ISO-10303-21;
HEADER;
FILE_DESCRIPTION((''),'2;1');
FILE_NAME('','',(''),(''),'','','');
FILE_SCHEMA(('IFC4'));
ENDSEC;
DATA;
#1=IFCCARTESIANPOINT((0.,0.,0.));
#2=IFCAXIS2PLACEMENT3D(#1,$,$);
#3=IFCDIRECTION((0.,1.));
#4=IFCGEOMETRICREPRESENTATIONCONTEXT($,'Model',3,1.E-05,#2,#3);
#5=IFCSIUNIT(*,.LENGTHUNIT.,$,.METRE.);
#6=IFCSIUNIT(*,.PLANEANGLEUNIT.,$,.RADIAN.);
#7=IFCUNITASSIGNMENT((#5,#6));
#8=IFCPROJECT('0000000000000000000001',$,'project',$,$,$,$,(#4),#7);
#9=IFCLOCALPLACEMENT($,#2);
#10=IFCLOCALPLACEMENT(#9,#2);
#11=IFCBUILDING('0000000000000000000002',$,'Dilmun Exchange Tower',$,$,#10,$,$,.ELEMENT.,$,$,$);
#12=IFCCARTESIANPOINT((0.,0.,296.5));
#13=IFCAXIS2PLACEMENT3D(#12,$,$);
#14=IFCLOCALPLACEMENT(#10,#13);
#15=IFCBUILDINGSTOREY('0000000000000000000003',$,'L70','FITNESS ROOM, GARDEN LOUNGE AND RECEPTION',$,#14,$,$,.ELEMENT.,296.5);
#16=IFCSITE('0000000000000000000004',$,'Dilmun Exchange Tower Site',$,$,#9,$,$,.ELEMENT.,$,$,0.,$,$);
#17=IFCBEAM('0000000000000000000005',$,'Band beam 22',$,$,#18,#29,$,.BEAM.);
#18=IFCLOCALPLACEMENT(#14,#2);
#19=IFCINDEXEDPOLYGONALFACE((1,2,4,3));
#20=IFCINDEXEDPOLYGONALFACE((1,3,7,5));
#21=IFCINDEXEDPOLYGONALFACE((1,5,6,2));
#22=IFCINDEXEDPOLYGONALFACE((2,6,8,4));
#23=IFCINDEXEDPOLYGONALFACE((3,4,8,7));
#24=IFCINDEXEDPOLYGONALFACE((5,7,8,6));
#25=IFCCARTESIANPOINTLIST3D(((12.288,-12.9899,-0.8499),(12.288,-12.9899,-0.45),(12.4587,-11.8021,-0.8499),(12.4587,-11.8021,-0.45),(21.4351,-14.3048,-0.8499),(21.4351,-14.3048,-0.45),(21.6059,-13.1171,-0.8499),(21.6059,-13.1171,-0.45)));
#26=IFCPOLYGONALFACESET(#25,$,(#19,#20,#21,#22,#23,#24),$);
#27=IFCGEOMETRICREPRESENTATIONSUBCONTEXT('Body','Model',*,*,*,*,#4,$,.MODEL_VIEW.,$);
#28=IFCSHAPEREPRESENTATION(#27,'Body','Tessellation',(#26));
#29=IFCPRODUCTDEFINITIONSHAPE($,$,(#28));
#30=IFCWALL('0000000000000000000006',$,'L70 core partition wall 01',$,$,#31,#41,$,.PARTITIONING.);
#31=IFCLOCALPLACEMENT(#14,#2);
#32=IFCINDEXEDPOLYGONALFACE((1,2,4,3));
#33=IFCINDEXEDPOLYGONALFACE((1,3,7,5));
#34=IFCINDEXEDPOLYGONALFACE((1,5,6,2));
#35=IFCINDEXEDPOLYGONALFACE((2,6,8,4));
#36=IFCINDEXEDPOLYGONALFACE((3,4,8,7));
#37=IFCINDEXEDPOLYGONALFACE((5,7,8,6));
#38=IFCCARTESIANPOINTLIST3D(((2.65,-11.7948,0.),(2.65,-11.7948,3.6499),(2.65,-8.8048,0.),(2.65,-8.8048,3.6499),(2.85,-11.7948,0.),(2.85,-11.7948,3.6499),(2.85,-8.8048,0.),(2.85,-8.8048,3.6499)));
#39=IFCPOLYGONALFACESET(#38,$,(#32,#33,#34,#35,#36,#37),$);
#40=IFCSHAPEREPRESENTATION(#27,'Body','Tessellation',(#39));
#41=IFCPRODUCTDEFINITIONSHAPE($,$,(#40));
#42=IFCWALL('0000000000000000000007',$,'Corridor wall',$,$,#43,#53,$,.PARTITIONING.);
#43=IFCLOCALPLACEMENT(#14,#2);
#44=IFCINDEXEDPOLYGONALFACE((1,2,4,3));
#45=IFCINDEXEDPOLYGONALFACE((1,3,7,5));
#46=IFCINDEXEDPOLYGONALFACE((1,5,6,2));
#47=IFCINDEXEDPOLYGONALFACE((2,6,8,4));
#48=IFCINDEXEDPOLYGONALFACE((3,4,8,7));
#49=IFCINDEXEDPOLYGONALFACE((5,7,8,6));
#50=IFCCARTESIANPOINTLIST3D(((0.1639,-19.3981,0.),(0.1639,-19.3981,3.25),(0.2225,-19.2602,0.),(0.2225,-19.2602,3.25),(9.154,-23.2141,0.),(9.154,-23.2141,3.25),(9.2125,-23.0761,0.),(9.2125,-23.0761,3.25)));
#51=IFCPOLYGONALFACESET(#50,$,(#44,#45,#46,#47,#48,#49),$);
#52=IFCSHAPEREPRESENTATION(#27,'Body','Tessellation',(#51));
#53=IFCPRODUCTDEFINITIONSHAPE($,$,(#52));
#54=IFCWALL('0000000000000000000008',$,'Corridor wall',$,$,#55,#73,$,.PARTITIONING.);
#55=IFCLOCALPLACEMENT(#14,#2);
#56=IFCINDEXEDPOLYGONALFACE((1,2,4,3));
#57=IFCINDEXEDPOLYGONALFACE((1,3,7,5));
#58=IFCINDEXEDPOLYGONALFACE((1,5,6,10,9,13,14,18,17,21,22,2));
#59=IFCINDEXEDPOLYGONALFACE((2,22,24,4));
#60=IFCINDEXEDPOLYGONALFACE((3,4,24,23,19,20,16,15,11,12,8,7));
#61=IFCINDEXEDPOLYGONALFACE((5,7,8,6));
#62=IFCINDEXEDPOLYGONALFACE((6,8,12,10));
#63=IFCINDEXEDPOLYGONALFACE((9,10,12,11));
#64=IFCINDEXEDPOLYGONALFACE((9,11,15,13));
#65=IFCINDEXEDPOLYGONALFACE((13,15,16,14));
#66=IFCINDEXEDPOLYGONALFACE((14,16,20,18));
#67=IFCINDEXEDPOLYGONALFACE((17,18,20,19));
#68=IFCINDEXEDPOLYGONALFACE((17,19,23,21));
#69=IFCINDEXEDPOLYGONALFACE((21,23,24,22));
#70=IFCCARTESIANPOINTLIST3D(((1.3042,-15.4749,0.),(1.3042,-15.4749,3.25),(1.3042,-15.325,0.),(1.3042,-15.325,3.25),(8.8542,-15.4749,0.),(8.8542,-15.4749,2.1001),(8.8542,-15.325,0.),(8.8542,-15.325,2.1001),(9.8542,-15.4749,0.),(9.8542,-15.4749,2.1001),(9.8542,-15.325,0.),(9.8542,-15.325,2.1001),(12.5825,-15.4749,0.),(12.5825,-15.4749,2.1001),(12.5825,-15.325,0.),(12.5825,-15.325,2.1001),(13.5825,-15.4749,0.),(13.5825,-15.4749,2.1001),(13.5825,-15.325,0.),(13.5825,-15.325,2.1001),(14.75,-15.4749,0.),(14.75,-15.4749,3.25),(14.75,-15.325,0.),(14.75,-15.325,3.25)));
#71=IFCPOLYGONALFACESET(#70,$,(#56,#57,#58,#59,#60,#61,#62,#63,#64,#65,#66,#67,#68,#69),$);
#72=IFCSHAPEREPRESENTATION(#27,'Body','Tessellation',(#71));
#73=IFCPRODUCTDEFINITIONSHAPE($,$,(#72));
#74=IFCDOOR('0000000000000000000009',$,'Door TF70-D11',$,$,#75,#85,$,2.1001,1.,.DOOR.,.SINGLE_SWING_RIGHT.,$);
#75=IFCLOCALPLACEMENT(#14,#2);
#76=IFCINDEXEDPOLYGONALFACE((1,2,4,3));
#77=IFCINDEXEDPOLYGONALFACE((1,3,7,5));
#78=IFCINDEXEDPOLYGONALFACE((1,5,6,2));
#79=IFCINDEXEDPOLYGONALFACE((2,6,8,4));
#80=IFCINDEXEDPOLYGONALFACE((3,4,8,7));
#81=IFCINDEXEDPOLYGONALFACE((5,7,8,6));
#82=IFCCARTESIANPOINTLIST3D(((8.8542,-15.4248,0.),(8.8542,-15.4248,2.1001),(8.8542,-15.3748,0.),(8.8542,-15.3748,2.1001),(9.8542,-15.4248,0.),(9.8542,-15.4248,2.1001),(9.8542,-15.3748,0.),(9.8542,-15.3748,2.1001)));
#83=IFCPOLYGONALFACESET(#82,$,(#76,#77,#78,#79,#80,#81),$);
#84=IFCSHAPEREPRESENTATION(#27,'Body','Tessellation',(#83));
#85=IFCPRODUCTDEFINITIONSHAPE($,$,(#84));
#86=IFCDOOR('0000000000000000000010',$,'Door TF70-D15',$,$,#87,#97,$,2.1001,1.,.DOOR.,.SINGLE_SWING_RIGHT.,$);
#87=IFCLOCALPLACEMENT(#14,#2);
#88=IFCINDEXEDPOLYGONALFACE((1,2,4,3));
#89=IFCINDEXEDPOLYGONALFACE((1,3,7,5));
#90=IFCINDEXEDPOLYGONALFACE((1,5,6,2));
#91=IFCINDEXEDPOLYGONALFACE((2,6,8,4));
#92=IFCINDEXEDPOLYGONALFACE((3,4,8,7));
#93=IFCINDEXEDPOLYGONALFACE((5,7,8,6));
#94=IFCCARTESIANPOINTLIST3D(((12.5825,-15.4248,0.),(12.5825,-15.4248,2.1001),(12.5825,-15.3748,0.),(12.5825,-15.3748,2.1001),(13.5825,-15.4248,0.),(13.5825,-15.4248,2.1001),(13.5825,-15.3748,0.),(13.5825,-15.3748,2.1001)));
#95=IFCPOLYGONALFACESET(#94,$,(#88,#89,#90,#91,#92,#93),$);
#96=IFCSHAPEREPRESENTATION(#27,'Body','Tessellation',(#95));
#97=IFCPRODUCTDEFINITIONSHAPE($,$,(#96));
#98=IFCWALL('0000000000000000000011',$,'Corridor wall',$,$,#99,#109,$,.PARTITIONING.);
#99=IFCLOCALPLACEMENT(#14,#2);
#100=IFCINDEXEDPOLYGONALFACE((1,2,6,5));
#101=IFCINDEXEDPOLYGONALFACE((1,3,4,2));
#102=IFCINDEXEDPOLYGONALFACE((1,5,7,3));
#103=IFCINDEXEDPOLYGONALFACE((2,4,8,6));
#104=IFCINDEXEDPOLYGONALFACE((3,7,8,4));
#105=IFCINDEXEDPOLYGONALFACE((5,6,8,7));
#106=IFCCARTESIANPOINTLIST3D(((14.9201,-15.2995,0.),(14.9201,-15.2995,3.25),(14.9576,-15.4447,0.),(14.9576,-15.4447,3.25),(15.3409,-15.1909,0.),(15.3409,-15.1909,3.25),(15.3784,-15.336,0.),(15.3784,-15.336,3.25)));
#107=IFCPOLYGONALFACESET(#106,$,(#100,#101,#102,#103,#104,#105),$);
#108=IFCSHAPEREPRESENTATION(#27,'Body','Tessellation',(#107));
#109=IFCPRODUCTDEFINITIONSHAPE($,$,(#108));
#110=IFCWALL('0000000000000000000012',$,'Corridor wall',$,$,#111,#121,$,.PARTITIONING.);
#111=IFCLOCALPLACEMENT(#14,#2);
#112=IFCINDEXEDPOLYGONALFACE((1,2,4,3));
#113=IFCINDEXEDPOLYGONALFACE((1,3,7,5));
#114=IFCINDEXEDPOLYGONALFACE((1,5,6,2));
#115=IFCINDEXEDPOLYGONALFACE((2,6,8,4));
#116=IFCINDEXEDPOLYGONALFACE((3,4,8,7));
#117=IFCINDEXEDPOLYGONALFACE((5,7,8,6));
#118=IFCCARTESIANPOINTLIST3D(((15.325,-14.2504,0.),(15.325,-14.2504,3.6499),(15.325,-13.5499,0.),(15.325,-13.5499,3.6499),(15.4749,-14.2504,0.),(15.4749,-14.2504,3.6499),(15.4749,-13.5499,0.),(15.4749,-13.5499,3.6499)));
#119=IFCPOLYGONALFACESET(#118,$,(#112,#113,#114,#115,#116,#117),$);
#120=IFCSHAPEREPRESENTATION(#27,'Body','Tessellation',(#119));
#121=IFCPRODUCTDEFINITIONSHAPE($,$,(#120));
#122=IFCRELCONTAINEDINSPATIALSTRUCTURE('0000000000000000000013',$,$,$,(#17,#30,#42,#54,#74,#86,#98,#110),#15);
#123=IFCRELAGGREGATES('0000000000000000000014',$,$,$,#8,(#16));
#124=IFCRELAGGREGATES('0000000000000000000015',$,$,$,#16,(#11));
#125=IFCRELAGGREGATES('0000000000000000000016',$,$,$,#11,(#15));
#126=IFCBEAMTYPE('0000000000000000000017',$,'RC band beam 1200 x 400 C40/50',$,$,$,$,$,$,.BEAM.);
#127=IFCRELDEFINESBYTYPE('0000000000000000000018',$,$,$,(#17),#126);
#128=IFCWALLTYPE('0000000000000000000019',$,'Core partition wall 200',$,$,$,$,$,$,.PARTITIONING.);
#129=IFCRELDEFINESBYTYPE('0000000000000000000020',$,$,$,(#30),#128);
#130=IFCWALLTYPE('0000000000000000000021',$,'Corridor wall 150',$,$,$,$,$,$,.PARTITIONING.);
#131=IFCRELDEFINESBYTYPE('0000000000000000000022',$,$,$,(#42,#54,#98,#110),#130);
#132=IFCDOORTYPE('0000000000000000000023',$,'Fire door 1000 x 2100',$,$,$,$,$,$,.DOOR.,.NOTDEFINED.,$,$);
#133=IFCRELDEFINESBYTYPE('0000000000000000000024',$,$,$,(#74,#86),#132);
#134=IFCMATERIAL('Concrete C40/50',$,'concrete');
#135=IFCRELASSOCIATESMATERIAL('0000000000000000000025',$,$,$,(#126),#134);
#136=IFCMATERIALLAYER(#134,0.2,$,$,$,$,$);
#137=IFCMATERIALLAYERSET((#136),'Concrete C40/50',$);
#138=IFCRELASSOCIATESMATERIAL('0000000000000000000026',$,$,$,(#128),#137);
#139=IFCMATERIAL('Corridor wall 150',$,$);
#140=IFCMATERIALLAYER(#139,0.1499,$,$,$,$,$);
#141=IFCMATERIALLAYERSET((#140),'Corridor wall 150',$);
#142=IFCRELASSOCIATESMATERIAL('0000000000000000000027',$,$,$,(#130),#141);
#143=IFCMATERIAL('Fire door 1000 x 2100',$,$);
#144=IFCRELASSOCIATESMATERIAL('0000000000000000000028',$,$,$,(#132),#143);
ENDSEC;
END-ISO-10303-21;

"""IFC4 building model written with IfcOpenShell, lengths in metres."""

from ifc_helpers import new_model, si_unit, direction, frame, frame_2d, origin, origin_2d, place, context, subcontext, project, spatial, rectangle, extrude, material, layer, layer_set, material_profile, profile_set, type_object, element, fill, save


model = new_model("IFC4")

# Units and contexts
model_context = context("Model", 3, precision=1e-05, world=origin(), true_north=direction((0.0, 1.0)))
body_context = subcontext(model_context, "Body", "Model", "MODEL_VIEW")
ifc_project = project(units=[si_unit("LENGTHUNIT", "METRE"), si_unit("PLANEANGLEUNIT", "RADIAN")], contexts=[model_context])

# Site, building, storey
site_placement = place(None, origin())
site = spatial("IfcSite", under=ifc_project, at=site_placement, Name="Dilmun Exchange Tower Site", CompositionType="ELEMENT", RefElevation=0.0)
building_placement = place(site_placement, origin())
building = spatial("IfcBuilding", under=site, at=building_placement, Name="Dilmun Exchange Tower", CompositionType="ELEMENT")
storey_placement = place(building_placement, frame((0.0, 0.0, 296.5)))
storey = spatial("IfcBuildingStorey", under=building, at=storey_placement, Name="L70", Description="FITNESS ROOM, GARDEN LOUNGE AND RECEPTION", CompositionType="ELEMENT", Elevation=296.5)

# Beam
ifc_material_1 = material(Name="Concrete C40/50", Category="concrete")
ifc_material_profile = material_profile(ifc_material_1, rectangle(XDim=1.2, YDim=0.3999, at=origin_2d()), Name="1200 x 400")
ifc_profile_set = profile_set([ifc_material_profile], Name="Concrete C40/50")
beam_type = type_object("IfcBeamType", Name="RC band beam 1200 x 400 C40/50", PredefinedType="BEAM", material=ifc_profile_set)
beam_placement = place(storey_placement, frame((21.5205, -13.7109, -0.6499), z_axis=(-0.989825, 0.14229, 0.0), x_axis=(-0.14229, -0.989825, 0.0)))
element("IfcBeam", 1, at=beam_placement, inside=storey, type_object=beam_type, Name="Band beam 22", PredefinedType="BEAM", context=body_context, shape_type="SweptSolid", body=[
    extrude(rectangle(XDim=1.2, YDim=0.3999, at=origin_2d()), origin(), (0.0, 0.0, 1.0), 9.2412),
])

# Wall
ifc_layer_1 = layer(ifc_material_1, 0.2)
ifc_layer_set_1 = layer_set([ifc_layer_1], Name="Concrete C40/50")
wall_type_1 = type_object("IfcWallType", Name="Core partition wall 200", PredefinedType="PARTITIONING", material=ifc_layer_set_1)
wall_1_placement = place(storey_placement, frame((2.75, -11.7949, 0.0), z_axis=(0.0, 0.0, 1.0), x_axis=(0.0, 1.0, 0.0)))
element("IfcWall", 2, at=wall_1_placement, inside=storey, type_object=wall_type_1, Name="L70 core partition wall 01", PredefinedType="PARTITIONING", context=body_context, shape_type="SweptSolid", body=[
    extrude(rectangle(XDim=2.99, YDim=0.2, at=frame_2d((1.4951, 0.0))), origin(), (0.0, 0.0, 1.0), 3.6499),
])

# Wall
ifc_material_2 = material(Name="Corridor wall 150")
ifc_layer_2 = layer(ifc_material_2, 0.1499)
ifc_layer_set_2 = layer_set([ifc_layer_2], Name="Corridor wall 150")
wall_type_2 = type_object("IfcWallType", Name="Corridor wall 150", PredefinedType="PARTITIONING", material=ifc_layer_set_2)
wall_2_placement = place(storey_placement, frame((0.1931, -19.3291, 0.0), z_axis=(0.0, 0.0, 1.0), x_axis=(0.920509, -0.390722, 0.0)))
element("IfcWall", 3, at=wall_2_placement, inside=storey, type_object=wall_type_2, Name="Corridor wall", PredefinedType="PARTITIONING", context=body_context, shape_type="SweptSolid", body=[
    extrude(rectangle(XDim=9.7664, YDim=0.1499, at=frame_2d((4.8833, 0.0))), origin(), (0.0, 0.0, 1.0), 3.25),
])

# Wall, openings, doors
wall_3_placement = place(storey_placement, frame((1.3042, -15.3999, 0.0), z_axis=(0.0, 0.0, 1.0), x_axis=(1.0, 0.0, 0.0)))
wall_3 = element("IfcWall", 4, at=wall_3_placement, inside=storey, type_object=wall_type_2, Name="Corridor wall", PredefinedType="PARTITIONING", context=body_context, shape_type="SweptSolid", body=[
    extrude(rectangle(XDim=13.4458, YDim=0.1499, at=frame_2d((6.7229, 0.0))), origin(), (0.0, 0.0, 1.0), 3.25),
])
opening_1_placement = place(wall_3_placement, frame((7.55, 0.0, 0.0)))
opening_1 = element("IfcOpeningElement", 5, at=opening_1_placement, cuts=wall_3, PredefinedType="OPENING", context=body_context, shape_type="SweptSolid", body=[
    extrude(rectangle(XDim=1.0, YDim=2.1001, at=frame_2d((0.5, 1.05))), frame((0.0, 0.085, 0.0), z_axis=(0.0, -1.0, 0.0), x_axis=(1.0, 0.0, 0.0)), (0.0, 0.0, 1.0), 0.1699),
])
opening_2_placement = place(wall_3_placement, frame((11.2783, 0.0, 0.0)))
opening_2 = element("IfcOpeningElement", 6, at=opening_2_placement, cuts=wall_3, PredefinedType="OPENING", context=body_context, shape_type="SweptSolid", body=[
    extrude(rectangle(XDim=1.0, YDim=2.1001, at=frame_2d((0.5, 1.05))), frame((0.0, 0.085, 0.0), z_axis=(0.0, -1.0, 0.0), x_axis=(1.0, 0.0, 0.0)), (0.0, 0.0, 1.0), 0.1699),
])
ifc_material_3 = material(Name="Fire door 1000 x 2100")
door_type_1 = type_object("IfcDoorType", Name="Fire door 1000 x 2100", OperationType="NOTDEFINED", PredefinedType="DOOR", material=ifc_material_3)
door_1_placement = place(opening_1_placement, frame((1.0, 0.0, 0.0), z_axis=(0.0, 0.0, 1.0), x_axis=(-1.0, 0.0, 0.0)))
door_1 = element("IfcDoor", 7, at=door_1_placement, inside=storey, type_object=door_type_1, Name="Door TF70-D11", OperationType="SINGLE_SWING_RIGHT", OverallHeight=2.1001, OverallWidth=1.0, PredefinedType="DOOR", context=body_context, shape_type="SweptSolid", body=[
    extrude(rectangle(XDim=1.0, YDim=2.1001, at=frame_2d((0.5, 1.05))), frame((0.0, 0.0249, 0.0), z_axis=(0.0, -1.0, 0.0), x_axis=(1.0, 0.0, 0.0)), (0.0, 0.0, 1.0), 0.05),
])
fill(opening_1, door_1)
door_2_placement = place(opening_2_placement, frame((1.0, 0.0, 0.0), z_axis=(0.0, 0.0, 1.0), x_axis=(-1.0, 0.0, 0.0)))
door_2 = element("IfcDoor", 8, at=door_2_placement, inside=storey, type_object=door_type_1, Name="Door TF70-D15", OperationType="SINGLE_SWING_RIGHT", OverallHeight=2.1001, OverallWidth=1.0, PredefinedType="DOOR", context=body_context, shape_type="SweptSolid", body=[
    extrude(rectangle(XDim=1.0, YDim=2.1001, at=frame_2d((0.5, 1.05))), frame((0.0, 0.0249, 0.0), z_axis=(0.0, -1.0, 0.0), x_axis=(1.0, 0.0, 0.0)), (0.0, 0.0, 1.0), 0.05),
])
fill(opening_2, door_2)

# Walls
wall_4_placement = place(storey_placement, frame((15.3596, -15.2634, 0.0), z_axis=(0.0, 0.0, 1.0), x_axis=(-0.968229, -0.250065, 0.0)))
element("IfcWall", 9, at=wall_4_placement, inside=storey, type_object=wall_type_2, Name="Corridor wall", PredefinedType="PARTITIONING", context=body_context, shape_type="SweptSolid", body=[
    extrude(rectangle(XDim=0.4346, YDim=0.1499, at=frame_2d((0.2173, 0.0))), origin(), (0.0, 0.0, 1.0), 3.25),
])
wall_5_placement = place(storey_placement, frame((15.3999, -14.2502, 0.0), z_axis=(0.0, 0.0, 1.0), x_axis=(0.0, 1.0, 0.0)))
element("IfcWall", 10, at=wall_5_placement, inside=storey, type_object=wall_type_2, Name="Corridor wall", PredefinedType="PARTITIONING", context=body_context, shape_type="SweptSolid", body=[
    extrude(rectangle(XDim=0.7004, YDim=0.1499, at=frame_2d((0.3501, 0.0))), origin(), (0.0, 0.0, 1.0), 3.6499),
])

save(model, "model.ifc")
